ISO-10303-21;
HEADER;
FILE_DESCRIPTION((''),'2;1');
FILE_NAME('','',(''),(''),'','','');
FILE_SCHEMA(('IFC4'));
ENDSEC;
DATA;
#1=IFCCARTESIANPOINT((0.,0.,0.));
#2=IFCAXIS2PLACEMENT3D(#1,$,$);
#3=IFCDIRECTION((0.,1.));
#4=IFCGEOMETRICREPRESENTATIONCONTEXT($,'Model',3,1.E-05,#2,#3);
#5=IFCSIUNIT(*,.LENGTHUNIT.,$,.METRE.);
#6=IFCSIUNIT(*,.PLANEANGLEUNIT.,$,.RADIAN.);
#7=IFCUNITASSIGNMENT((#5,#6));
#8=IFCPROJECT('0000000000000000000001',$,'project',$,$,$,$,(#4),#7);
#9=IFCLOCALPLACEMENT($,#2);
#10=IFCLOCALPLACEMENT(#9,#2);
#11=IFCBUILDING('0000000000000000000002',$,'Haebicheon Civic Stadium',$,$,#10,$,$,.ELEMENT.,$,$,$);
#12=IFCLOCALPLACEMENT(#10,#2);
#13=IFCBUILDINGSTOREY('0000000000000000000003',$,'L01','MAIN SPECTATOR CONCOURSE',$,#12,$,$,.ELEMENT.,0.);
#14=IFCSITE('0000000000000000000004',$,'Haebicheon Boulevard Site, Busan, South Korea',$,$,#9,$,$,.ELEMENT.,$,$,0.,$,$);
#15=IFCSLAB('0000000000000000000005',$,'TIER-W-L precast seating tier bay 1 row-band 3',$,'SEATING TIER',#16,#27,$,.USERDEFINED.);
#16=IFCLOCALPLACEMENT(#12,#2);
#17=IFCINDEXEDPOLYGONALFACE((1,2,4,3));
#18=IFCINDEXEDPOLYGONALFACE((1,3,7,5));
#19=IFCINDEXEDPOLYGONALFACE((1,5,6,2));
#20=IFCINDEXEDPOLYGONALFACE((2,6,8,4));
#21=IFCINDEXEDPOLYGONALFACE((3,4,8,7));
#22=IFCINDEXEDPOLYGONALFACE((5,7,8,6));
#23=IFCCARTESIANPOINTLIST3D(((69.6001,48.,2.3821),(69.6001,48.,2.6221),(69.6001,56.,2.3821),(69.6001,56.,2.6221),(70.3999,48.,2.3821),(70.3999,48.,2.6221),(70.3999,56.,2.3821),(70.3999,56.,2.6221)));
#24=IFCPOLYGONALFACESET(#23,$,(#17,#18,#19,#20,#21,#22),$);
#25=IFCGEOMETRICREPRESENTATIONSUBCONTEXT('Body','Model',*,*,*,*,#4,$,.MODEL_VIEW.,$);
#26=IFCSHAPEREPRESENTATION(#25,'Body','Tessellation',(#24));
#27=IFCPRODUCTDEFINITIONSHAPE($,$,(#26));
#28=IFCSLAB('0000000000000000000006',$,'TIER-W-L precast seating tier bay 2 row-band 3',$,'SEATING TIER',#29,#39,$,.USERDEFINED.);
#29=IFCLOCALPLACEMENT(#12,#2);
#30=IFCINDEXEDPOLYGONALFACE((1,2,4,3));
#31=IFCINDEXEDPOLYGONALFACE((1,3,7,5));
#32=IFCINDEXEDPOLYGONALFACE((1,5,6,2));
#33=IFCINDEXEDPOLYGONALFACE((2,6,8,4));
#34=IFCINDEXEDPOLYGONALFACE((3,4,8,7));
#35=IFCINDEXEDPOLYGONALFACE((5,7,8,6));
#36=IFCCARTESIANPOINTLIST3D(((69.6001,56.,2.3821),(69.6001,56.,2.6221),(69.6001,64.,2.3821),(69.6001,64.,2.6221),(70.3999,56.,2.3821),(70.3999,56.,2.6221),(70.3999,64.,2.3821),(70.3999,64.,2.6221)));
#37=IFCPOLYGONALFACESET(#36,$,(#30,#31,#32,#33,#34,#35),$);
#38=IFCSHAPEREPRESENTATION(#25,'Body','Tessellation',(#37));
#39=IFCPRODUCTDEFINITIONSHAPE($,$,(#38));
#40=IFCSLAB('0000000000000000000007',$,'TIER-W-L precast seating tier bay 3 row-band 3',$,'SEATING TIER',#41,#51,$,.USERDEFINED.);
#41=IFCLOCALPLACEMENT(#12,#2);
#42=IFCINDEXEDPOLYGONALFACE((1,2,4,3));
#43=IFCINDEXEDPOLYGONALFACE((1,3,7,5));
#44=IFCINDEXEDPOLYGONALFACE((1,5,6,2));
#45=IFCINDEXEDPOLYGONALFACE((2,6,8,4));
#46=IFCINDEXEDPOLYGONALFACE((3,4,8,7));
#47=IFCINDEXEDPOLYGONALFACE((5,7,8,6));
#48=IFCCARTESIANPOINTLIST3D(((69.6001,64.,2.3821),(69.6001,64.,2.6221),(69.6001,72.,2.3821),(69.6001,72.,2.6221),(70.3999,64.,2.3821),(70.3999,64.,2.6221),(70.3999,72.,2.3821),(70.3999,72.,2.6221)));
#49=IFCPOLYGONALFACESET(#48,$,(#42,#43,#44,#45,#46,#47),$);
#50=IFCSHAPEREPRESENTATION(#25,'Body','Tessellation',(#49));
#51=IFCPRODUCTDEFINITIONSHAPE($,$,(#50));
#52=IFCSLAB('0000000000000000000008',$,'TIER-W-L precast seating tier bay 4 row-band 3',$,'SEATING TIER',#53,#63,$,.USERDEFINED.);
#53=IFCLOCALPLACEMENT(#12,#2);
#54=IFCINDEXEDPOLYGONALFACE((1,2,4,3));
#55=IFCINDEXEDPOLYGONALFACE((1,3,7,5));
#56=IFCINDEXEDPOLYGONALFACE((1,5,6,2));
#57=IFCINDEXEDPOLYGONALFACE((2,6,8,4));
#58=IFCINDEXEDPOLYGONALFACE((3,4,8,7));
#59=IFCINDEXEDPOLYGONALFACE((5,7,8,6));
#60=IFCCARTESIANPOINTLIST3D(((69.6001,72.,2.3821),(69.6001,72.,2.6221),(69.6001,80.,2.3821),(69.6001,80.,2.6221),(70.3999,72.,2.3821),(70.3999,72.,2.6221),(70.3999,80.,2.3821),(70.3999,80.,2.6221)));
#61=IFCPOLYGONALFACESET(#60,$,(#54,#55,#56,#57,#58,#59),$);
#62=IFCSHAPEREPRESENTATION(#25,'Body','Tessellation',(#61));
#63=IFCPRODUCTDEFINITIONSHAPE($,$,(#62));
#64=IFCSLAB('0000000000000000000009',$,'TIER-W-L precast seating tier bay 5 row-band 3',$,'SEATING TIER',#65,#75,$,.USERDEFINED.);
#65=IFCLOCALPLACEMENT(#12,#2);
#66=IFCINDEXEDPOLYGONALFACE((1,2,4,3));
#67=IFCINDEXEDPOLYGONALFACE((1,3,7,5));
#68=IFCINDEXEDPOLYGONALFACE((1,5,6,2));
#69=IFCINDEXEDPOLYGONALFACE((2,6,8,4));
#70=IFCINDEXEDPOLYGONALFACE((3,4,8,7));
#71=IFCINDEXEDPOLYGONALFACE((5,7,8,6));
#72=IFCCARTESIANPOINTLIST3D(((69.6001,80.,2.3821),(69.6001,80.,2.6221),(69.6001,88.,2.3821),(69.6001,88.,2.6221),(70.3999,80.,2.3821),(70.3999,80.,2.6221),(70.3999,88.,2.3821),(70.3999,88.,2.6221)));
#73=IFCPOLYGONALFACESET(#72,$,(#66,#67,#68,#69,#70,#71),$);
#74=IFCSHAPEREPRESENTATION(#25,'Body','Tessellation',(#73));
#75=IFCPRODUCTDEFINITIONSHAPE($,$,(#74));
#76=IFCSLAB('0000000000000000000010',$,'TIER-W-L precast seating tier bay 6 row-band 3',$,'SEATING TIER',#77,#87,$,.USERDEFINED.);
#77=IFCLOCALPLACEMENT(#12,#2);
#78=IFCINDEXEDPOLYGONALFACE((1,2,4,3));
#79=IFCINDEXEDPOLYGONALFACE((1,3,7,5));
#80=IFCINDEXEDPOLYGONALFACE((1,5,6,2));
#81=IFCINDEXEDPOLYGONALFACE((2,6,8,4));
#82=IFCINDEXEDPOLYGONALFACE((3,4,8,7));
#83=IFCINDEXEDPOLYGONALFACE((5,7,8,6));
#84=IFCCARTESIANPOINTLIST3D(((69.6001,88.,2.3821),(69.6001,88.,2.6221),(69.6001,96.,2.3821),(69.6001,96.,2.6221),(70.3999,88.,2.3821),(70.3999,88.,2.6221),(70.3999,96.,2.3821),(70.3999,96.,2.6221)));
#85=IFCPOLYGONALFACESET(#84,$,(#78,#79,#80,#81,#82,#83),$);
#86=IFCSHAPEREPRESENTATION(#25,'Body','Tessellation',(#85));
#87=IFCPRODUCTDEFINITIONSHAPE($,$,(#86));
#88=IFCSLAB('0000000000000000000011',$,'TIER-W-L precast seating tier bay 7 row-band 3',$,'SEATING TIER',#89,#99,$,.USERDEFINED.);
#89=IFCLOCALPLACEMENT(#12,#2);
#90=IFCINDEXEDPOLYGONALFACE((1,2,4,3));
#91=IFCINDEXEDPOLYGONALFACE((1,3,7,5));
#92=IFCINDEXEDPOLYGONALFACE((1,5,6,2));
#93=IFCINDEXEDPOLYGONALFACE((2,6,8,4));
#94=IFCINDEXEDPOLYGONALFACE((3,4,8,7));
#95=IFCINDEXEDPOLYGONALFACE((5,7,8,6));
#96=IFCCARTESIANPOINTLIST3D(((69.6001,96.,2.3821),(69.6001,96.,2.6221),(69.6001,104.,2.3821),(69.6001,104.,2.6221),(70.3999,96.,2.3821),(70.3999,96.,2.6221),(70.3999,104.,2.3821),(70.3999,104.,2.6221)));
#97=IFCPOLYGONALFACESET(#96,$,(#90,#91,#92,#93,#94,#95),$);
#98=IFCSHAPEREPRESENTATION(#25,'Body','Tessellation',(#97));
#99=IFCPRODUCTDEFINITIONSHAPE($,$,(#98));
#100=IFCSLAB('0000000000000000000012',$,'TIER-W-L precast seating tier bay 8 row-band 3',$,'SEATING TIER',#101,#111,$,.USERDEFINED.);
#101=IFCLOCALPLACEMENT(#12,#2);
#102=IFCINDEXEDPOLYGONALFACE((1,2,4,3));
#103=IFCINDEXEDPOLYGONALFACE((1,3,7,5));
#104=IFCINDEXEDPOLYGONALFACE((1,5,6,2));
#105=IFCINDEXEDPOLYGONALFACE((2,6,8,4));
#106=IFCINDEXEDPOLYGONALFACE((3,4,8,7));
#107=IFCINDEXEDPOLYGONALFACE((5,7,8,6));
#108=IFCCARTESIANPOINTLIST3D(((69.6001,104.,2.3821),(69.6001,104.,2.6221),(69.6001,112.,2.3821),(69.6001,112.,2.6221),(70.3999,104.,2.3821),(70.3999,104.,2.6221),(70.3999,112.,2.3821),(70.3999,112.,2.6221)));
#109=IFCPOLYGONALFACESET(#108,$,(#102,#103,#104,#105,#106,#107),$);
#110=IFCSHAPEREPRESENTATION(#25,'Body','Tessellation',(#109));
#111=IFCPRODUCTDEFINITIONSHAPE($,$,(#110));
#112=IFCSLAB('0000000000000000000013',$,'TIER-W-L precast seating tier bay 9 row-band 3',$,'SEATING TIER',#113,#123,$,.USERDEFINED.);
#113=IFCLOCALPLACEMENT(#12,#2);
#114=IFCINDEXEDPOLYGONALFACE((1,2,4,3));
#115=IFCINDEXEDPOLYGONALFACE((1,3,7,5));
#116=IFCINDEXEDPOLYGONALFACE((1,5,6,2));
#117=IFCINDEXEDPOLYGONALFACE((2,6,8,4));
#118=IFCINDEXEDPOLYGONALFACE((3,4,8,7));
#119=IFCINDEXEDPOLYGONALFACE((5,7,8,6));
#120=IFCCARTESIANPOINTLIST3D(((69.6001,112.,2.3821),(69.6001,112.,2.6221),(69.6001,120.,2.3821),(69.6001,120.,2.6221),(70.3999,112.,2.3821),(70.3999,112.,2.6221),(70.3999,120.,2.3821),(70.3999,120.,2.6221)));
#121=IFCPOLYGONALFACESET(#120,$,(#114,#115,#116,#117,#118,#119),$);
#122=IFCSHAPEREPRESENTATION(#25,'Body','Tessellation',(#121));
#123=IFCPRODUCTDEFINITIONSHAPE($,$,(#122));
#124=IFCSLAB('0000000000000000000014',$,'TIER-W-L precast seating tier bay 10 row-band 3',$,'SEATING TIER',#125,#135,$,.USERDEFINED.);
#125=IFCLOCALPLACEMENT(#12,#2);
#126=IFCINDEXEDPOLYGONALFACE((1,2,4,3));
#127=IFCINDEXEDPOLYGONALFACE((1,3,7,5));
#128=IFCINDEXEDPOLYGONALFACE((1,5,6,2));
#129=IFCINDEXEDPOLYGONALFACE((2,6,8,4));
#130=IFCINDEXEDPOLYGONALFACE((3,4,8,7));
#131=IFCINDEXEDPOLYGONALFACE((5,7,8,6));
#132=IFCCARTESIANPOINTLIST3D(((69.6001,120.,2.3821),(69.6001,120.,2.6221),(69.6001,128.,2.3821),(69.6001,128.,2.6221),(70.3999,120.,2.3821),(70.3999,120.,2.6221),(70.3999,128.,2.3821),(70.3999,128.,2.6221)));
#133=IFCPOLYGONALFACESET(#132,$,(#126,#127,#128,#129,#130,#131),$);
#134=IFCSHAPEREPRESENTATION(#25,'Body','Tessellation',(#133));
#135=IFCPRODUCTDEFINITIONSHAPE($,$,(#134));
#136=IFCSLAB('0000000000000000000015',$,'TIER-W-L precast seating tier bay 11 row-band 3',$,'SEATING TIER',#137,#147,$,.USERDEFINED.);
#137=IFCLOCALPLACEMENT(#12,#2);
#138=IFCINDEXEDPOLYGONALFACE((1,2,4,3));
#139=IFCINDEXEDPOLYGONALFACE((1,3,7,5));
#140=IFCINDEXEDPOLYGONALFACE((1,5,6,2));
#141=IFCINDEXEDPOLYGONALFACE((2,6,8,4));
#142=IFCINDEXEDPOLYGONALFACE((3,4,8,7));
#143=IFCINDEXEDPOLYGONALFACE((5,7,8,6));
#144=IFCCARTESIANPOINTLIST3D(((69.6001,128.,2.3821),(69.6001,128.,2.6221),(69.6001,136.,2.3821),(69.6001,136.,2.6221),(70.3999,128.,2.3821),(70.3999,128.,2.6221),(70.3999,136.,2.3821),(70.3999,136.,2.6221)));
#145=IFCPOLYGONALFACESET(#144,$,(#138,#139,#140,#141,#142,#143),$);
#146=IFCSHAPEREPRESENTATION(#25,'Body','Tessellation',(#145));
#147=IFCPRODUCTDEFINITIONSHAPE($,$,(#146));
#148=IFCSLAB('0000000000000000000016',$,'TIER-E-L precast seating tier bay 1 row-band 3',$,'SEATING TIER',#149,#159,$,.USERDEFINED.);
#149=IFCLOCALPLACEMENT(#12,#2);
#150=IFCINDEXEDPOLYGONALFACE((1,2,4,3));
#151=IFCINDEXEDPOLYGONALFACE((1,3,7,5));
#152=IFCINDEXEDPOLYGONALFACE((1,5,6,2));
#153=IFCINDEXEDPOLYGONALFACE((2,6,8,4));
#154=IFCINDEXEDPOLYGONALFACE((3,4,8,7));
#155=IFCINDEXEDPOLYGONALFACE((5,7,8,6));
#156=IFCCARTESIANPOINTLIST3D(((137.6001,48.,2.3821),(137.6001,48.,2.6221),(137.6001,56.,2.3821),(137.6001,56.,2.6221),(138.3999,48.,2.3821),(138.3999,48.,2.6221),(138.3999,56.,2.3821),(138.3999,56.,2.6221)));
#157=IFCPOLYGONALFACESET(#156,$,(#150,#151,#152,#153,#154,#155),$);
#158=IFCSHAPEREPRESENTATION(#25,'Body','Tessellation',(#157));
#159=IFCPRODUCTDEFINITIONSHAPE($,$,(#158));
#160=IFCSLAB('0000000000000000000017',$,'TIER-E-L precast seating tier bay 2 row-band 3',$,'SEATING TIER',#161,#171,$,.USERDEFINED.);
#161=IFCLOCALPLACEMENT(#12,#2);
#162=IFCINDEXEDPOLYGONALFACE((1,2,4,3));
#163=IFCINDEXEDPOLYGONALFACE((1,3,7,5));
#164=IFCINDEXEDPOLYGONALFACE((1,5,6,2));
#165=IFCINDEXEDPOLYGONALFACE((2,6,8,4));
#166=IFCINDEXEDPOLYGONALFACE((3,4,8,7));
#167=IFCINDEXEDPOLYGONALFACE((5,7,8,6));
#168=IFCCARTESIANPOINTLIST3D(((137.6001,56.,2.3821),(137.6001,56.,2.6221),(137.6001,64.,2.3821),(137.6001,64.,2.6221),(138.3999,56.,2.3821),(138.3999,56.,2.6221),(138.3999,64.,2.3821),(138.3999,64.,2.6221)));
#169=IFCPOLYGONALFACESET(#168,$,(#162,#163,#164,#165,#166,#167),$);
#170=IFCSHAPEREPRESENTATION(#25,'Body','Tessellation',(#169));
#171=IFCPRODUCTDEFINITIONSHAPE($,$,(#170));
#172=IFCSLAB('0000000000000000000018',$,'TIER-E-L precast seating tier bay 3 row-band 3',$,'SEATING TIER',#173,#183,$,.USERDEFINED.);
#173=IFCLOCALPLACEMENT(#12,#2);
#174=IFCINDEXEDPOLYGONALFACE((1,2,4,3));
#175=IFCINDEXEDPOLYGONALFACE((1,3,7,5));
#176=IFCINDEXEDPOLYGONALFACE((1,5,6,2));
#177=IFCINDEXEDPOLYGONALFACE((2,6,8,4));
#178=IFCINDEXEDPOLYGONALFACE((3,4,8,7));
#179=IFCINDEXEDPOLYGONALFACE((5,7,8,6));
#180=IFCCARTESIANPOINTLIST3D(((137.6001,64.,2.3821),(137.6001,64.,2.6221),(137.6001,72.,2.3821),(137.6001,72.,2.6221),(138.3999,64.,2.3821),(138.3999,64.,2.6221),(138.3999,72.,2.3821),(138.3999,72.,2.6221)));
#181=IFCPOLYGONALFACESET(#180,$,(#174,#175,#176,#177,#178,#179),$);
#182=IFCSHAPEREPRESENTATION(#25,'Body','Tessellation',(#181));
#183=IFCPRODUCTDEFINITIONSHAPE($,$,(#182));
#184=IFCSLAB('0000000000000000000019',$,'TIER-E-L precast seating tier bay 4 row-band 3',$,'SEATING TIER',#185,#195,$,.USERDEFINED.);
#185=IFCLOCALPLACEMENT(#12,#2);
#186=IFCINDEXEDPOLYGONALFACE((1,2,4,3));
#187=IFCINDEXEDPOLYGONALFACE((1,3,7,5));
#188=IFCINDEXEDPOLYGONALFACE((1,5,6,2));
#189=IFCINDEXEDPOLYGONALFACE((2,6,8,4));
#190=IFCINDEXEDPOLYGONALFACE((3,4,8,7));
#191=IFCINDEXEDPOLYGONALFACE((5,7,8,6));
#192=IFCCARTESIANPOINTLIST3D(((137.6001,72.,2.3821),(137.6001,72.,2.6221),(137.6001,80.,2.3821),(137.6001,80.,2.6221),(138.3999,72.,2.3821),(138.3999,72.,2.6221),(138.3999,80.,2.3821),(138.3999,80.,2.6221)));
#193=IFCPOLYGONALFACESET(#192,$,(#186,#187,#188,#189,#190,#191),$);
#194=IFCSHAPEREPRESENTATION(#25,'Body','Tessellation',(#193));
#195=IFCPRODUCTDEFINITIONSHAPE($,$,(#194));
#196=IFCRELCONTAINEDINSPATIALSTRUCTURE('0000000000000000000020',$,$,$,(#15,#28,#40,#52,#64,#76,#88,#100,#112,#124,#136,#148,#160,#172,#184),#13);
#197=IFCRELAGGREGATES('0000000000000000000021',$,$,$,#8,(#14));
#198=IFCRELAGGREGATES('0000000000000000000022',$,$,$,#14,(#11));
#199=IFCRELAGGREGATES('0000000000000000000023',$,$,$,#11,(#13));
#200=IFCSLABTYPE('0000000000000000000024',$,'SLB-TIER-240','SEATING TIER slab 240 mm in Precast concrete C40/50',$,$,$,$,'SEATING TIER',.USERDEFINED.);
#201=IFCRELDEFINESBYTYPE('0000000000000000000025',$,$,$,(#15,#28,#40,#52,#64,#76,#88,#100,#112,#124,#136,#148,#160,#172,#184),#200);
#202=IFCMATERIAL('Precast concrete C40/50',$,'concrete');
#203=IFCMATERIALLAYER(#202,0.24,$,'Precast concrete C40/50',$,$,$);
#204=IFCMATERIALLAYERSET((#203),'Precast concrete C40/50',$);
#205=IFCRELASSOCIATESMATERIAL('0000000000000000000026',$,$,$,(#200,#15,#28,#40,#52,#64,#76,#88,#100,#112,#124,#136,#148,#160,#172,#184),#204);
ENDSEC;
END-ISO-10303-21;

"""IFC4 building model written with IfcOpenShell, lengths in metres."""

from ifc_helpers import new_model, si_unit, direction, frame, origin, place, context, subcontext, project, spatial, polyline, outline, extrude, material, layer, layer_set, type_object, element, save


model = new_model("IFC4")

# Units and contexts
model_context = context("Model", 3, precision=1e-05, world=origin(), true_north=direction((0.0, 1.0)))
body_context = subcontext(model_context, "Body", "Model", "MODEL_VIEW")
ifc_project = project(units=[si_unit("LENGTHUNIT", "METRE"), si_unit("PLANEANGLEUNIT", "RADIAN")], contexts=[model_context])

# Site, building, storey
site_placement = place(None, origin())
site = spatial("IfcSite", under=ifc_project, at=site_placement, Name="Haebicheon Boulevard Site, Busan, South Korea", CompositionType="ELEMENT", RefElevation=0.0)
building_placement = place(site_placement, origin())
building = spatial("IfcBuilding", under=site, at=building_placement, Name="Haebicheon Civic Stadium", CompositionType="ELEMENT")
storey_placement = place(building_placement, origin())
storey = spatial("IfcBuildingStorey", under=building, at=storey_placement, Name="L01", Description="MAIN SPECTATOR CONCOURSE", CompositionType="ELEMENT", Elevation=0.0)

# Slabs
ifc_material = material(Name="Precast concrete C40/50", Category="concrete")
ifc_layer = layer(ifc_material, 0.24, Name="Precast concrete C40/50")
ifc_layer_set = layer_set([ifc_layer], Name="Precast concrete C40/50")
slab_type = type_object("IfcSlabType", Name="SLB-TIER-240", Description="SEATING TIER slab 240 mm in Precast concrete C40/50", ElementType="SEATING TIER", PredefinedType="USERDEFINED", material=ifc_layer_set)
slab_1_placement = place(storey_placement, frame((0.0, 0.0, 2.3821)))
element("IfcSlab", 1, at=slab_1_placement, inside=storey, type_object=slab_type, material=ifc_layer_set, Name="TIER-W-L precast seating tier bay 1 row-band 3", ObjectType="SEATING TIER", PredefinedType="USERDEFINED", context=body_context, shape_type="SweptSolid", body=[
    extrude(outline(polyline([(69.6001, 48.0), (70.3999, 48.0), (70.3999, 56.0), (69.6001, 56.0), (69.6001, 48.0)])), origin(), (0.0, 0.0, 1.0), 0.24),
])
slab_2_placement = place(storey_placement, frame((0.0, 0.0, 2.3821)))
element("IfcSlab", 2, at=slab_2_placement, inside=storey, type_object=slab_type, material=ifc_layer_set, Name="TIER-W-L precast seating tier bay 2 row-band 3", ObjectType="SEATING TIER", PredefinedType="USERDEFINED", context=body_context, shape_type="SweptSolid", body=[
    extrude(outline(polyline([(69.6001, 56.0), (70.3999, 56.0), (70.3999, 64.0), (69.6001, 64.0), (69.6001, 56.0)])), origin(), (0.0, 0.0, 1.0), 0.24),
])
slab_3_placement = place(storey_placement, frame((0.0, 0.0, 2.3821)))
element("IfcSlab", 3, at=slab_3_placement, inside=storey, type_object=slab_type, material=ifc_layer_set, Name="TIER-W-L precast seating tier bay 3 row-band 3", ObjectType="SEATING TIER", PredefinedType="USERDEFINED", context=body_context, shape_type="SweptSolid", body=[
    extrude(outline(polyline([(69.6001, 64.0), (70.3999, 64.0), (70.3999, 72.0), (69.6001, 72.0), (69.6001, 64.0)])), origin(), (0.0, 0.0, 1.0), 0.24),
])
slab_4_placement = place(storey_placement, frame((0.0, 0.0, 2.3821)))
element("IfcSlab", 4, at=slab_4_placement, inside=storey, type_object=slab_type, material=ifc_layer_set, Name="TIER-W-L precast seating tier bay 4 row-band 3", ObjectType="SEATING TIER", PredefinedType="USERDEFINED", context=body_context, shape_type="SweptSolid", body=[
    extrude(outline(polyline([(69.6001, 72.0), (70.3999, 72.0), (70.3999, 80.0), (69.6001, 80.0), (69.6001, 72.0)])), origin(), (0.0, 0.0, 1.0), 0.24),
])
slab_5_placement = place(storey_placement, frame((0.0, 0.0, 2.3821)))
element("IfcSlab", 5, at=slab_5_placement, inside=storey, type_object=slab_type, material=ifc_layer_set, Name="TIER-W-L precast seating tier bay 5 row-band 3", ObjectType="SEATING TIER", PredefinedType="USERDEFINED", context=body_context, shape_type="SweptSolid", body=[
    extrude(outline(polyline([(69.6001, 80.0), (70.3999, 80.0), (70.3999, 88.0), (69.6001, 88.0), (69.6001, 80.0)])), origin(), (0.0, 0.0, 1.0), 0.24),
])
slab_6_placement = place(storey_placement, frame((0.0, 0.0, 2.3821)))
element("IfcSlab", 6, at=slab_6_placement, inside=storey, type_object=slab_type, material=ifc_layer_set, Name="TIER-W-L precast seating tier bay 6 row-band 3", ObjectType="SEATING TIER", PredefinedType="USERDEFINED", context=body_context, shape_type="SweptSolid", body=[
    extrude(outline(polyline([(69.6001, 88.0), (70.3999, 88.0), (70.3999, 96.0), (69.6001, 96.0), (69.6001, 88.0)])), origin(), (0.0, 0.0, 1.0), 0.24),
])
slab_7_placement = place(storey_placement, frame((0.0, 0.0, 2.3821)))
element("IfcSlab", 7, at=slab_7_placement, inside=storey, type_object=slab_type, material=ifc_layer_set, Name="TIER-W-L precast seating tier bay 7 row-band 3", ObjectType="SEATING TIER", PredefinedType="USERDEFINED", context=body_context, shape_type="SweptSolid", body=[
    extrude(outline(polyline([(69.6001, 96.0), (70.3999, 96.0), (70.3999, 104.0), (69.6001, 104.0), (69.6001, 96.0)])), origin(), (0.0, 0.0, 1.0), 0.24),
])
slab_8_placement = place(storey_placement, frame((0.0, 0.0, 2.3821)))
element("IfcSlab", 8, at=slab_8_placement, inside=storey, type_object=slab_type, material=ifc_layer_set, Name="TIER-W-L precast seating tier bay 8 row-band 3", ObjectType="SEATING TIER", PredefinedType="USERDEFINED", context=body_context, shape_type="SweptSolid", body=[
    extrude(outline(polyline([(69.6001, 104.0), (70.3999, 104.0), (70.3999, 112.0), (69.6001, 112.0), (69.6001, 104.0)])), origin(), (0.0, 0.0, 1.0), 0.24),
])
slab_9_placement = place(storey_placement, frame((0.0, 0.0, 2.3821)))
element("IfcSlab", 9, at=slab_9_placement, inside=storey, type_object=slab_type, material=ifc_layer_set, Name="TIER-W-L precast seating tier bay 9 row-band 3", ObjectType="SEATING TIER", PredefinedType="USERDEFINED", context=body_context, shape_type="SweptSolid", body=[
    extrude(outline(polyline([(69.6001, 112.0), (70.3999, 112.0), (70.3999, 120.0), (69.6001, 120.0), (69.6001, 112.0)])), origin(), (0.0, 0.0, 1.0), 0.24),
])
slab_10_placement = place(storey_placement, frame((0.0, 0.0, 2.3821)))
element("IfcSlab", 10, at=slab_10_placement, inside=storey, type_object=slab_type, material=ifc_layer_set, Name="TIER-W-L precast seating tier bay 10 row-band 3", ObjectType="SEATING TIER", PredefinedType="USERDEFINED", context=body_context, shape_type="SweptSolid", body=[
    extrude(outline(polyline([(69.6001, 120.0), (70.3999, 120.0), (70.3999, 128.0), (69.6001, 128.0), (69.6001, 120.0)])), origin(), (0.0, 0.0, 1.0), 0.24),
])
slab_11_placement = place(storey_placement, frame((0.0, 0.0, 2.3821)))
element("IfcSlab", 11, at=slab_11_placement, inside=storey, type_object=slab_type, material=ifc_layer_set, Name="TIER-W-L precast seating tier bay 11 row-band 3", ObjectType="SEATING TIER", PredefinedType="USERDEFINED", context=body_context, shape_type="SweptSolid", body=[
    extrude(outline(polyline([(69.6001, 128.0), (70.3999, 128.0), (70.3999, 136.0), (69.6001, 136.0), (69.6001, 128.0)])), origin(), (0.0, 0.0, 1.0), 0.24),
])
slab_12_placement = place(storey_placement, frame((0.0, 0.0, 2.3821)))
element("IfcSlab", 12, at=slab_12_placement, inside=storey, type_object=slab_type, material=ifc_layer_set, Name="TIER-E-L precast seating tier bay 1 row-band 3", ObjectType="SEATING TIER", PredefinedType="USERDEFINED", context=body_context, shape_type="SweptSolid", body=[
    extrude(outline(polyline([(137.6001, 48.0), (138.3999, 48.0), (138.3999, 56.0), (137.6001, 56.0), (137.6001, 48.0)])), origin(), (0.0, 0.0, 1.0), 0.24),
])
slab_13_placement = place(storey_placement, frame((0.0, 0.0, 2.3821)))
element("IfcSlab", 13, at=slab_13_placement, inside=storey, type_object=slab_type, material=ifc_layer_set, Name="TIER-E-L precast seating tier bay 2 row-band 3", ObjectType="SEATING TIER", PredefinedType="USERDEFINED", context=body_context, shape_type="SweptSolid", body=[
    extrude(outline(polyline([(137.6001, 56.0), (138.3999, 56.0), (138.3999, 64.0), (137.6001, 64.0), (137.6001, 56.0)])), origin(), (0.0, 0.0, 1.0), 0.24),
])
slab_14_placement = place(storey_placement, frame((0.0, 0.0, 2.3821)))
element("IfcSlab", 14, at=slab_14_placement, inside=storey, type_object=slab_type, material=ifc_layer_set, Name="TIER-E-L precast seating tier bay 3 row-band 3", ObjectType="SEATING TIER", PredefinedType="USERDEFINED", context=body_context, shape_type="SweptSolid", body=[
    extrude(outline(polyline([(137.6001, 64.0), (138.3999, 64.0), (138.3999, 72.0), (137.6001, 72.0), (137.6001, 64.0)])), origin(), (0.0, 0.0, 1.0), 0.24),
])
slab_15_placement = place(storey_placement, frame((0.0, 0.0, 2.3821)))
element("IfcSlab", 15, at=slab_15_placement, inside=storey, type_object=slab_type, material=ifc_layer_set, Name="TIER-E-L precast seating tier bay 4 row-band 3", ObjectType="SEATING TIER", PredefinedType="USERDEFINED", context=body_context, shape_type="SweptSolid", body=[
    extrude(outline(polyline([(137.6001, 72.0), (138.3999, 72.0), (138.3999, 80.0), (137.6001, 80.0), (137.6001, 72.0)])), origin(), (0.0, 0.0, 1.0), 0.24),
])

save(model, "model.ifc")
